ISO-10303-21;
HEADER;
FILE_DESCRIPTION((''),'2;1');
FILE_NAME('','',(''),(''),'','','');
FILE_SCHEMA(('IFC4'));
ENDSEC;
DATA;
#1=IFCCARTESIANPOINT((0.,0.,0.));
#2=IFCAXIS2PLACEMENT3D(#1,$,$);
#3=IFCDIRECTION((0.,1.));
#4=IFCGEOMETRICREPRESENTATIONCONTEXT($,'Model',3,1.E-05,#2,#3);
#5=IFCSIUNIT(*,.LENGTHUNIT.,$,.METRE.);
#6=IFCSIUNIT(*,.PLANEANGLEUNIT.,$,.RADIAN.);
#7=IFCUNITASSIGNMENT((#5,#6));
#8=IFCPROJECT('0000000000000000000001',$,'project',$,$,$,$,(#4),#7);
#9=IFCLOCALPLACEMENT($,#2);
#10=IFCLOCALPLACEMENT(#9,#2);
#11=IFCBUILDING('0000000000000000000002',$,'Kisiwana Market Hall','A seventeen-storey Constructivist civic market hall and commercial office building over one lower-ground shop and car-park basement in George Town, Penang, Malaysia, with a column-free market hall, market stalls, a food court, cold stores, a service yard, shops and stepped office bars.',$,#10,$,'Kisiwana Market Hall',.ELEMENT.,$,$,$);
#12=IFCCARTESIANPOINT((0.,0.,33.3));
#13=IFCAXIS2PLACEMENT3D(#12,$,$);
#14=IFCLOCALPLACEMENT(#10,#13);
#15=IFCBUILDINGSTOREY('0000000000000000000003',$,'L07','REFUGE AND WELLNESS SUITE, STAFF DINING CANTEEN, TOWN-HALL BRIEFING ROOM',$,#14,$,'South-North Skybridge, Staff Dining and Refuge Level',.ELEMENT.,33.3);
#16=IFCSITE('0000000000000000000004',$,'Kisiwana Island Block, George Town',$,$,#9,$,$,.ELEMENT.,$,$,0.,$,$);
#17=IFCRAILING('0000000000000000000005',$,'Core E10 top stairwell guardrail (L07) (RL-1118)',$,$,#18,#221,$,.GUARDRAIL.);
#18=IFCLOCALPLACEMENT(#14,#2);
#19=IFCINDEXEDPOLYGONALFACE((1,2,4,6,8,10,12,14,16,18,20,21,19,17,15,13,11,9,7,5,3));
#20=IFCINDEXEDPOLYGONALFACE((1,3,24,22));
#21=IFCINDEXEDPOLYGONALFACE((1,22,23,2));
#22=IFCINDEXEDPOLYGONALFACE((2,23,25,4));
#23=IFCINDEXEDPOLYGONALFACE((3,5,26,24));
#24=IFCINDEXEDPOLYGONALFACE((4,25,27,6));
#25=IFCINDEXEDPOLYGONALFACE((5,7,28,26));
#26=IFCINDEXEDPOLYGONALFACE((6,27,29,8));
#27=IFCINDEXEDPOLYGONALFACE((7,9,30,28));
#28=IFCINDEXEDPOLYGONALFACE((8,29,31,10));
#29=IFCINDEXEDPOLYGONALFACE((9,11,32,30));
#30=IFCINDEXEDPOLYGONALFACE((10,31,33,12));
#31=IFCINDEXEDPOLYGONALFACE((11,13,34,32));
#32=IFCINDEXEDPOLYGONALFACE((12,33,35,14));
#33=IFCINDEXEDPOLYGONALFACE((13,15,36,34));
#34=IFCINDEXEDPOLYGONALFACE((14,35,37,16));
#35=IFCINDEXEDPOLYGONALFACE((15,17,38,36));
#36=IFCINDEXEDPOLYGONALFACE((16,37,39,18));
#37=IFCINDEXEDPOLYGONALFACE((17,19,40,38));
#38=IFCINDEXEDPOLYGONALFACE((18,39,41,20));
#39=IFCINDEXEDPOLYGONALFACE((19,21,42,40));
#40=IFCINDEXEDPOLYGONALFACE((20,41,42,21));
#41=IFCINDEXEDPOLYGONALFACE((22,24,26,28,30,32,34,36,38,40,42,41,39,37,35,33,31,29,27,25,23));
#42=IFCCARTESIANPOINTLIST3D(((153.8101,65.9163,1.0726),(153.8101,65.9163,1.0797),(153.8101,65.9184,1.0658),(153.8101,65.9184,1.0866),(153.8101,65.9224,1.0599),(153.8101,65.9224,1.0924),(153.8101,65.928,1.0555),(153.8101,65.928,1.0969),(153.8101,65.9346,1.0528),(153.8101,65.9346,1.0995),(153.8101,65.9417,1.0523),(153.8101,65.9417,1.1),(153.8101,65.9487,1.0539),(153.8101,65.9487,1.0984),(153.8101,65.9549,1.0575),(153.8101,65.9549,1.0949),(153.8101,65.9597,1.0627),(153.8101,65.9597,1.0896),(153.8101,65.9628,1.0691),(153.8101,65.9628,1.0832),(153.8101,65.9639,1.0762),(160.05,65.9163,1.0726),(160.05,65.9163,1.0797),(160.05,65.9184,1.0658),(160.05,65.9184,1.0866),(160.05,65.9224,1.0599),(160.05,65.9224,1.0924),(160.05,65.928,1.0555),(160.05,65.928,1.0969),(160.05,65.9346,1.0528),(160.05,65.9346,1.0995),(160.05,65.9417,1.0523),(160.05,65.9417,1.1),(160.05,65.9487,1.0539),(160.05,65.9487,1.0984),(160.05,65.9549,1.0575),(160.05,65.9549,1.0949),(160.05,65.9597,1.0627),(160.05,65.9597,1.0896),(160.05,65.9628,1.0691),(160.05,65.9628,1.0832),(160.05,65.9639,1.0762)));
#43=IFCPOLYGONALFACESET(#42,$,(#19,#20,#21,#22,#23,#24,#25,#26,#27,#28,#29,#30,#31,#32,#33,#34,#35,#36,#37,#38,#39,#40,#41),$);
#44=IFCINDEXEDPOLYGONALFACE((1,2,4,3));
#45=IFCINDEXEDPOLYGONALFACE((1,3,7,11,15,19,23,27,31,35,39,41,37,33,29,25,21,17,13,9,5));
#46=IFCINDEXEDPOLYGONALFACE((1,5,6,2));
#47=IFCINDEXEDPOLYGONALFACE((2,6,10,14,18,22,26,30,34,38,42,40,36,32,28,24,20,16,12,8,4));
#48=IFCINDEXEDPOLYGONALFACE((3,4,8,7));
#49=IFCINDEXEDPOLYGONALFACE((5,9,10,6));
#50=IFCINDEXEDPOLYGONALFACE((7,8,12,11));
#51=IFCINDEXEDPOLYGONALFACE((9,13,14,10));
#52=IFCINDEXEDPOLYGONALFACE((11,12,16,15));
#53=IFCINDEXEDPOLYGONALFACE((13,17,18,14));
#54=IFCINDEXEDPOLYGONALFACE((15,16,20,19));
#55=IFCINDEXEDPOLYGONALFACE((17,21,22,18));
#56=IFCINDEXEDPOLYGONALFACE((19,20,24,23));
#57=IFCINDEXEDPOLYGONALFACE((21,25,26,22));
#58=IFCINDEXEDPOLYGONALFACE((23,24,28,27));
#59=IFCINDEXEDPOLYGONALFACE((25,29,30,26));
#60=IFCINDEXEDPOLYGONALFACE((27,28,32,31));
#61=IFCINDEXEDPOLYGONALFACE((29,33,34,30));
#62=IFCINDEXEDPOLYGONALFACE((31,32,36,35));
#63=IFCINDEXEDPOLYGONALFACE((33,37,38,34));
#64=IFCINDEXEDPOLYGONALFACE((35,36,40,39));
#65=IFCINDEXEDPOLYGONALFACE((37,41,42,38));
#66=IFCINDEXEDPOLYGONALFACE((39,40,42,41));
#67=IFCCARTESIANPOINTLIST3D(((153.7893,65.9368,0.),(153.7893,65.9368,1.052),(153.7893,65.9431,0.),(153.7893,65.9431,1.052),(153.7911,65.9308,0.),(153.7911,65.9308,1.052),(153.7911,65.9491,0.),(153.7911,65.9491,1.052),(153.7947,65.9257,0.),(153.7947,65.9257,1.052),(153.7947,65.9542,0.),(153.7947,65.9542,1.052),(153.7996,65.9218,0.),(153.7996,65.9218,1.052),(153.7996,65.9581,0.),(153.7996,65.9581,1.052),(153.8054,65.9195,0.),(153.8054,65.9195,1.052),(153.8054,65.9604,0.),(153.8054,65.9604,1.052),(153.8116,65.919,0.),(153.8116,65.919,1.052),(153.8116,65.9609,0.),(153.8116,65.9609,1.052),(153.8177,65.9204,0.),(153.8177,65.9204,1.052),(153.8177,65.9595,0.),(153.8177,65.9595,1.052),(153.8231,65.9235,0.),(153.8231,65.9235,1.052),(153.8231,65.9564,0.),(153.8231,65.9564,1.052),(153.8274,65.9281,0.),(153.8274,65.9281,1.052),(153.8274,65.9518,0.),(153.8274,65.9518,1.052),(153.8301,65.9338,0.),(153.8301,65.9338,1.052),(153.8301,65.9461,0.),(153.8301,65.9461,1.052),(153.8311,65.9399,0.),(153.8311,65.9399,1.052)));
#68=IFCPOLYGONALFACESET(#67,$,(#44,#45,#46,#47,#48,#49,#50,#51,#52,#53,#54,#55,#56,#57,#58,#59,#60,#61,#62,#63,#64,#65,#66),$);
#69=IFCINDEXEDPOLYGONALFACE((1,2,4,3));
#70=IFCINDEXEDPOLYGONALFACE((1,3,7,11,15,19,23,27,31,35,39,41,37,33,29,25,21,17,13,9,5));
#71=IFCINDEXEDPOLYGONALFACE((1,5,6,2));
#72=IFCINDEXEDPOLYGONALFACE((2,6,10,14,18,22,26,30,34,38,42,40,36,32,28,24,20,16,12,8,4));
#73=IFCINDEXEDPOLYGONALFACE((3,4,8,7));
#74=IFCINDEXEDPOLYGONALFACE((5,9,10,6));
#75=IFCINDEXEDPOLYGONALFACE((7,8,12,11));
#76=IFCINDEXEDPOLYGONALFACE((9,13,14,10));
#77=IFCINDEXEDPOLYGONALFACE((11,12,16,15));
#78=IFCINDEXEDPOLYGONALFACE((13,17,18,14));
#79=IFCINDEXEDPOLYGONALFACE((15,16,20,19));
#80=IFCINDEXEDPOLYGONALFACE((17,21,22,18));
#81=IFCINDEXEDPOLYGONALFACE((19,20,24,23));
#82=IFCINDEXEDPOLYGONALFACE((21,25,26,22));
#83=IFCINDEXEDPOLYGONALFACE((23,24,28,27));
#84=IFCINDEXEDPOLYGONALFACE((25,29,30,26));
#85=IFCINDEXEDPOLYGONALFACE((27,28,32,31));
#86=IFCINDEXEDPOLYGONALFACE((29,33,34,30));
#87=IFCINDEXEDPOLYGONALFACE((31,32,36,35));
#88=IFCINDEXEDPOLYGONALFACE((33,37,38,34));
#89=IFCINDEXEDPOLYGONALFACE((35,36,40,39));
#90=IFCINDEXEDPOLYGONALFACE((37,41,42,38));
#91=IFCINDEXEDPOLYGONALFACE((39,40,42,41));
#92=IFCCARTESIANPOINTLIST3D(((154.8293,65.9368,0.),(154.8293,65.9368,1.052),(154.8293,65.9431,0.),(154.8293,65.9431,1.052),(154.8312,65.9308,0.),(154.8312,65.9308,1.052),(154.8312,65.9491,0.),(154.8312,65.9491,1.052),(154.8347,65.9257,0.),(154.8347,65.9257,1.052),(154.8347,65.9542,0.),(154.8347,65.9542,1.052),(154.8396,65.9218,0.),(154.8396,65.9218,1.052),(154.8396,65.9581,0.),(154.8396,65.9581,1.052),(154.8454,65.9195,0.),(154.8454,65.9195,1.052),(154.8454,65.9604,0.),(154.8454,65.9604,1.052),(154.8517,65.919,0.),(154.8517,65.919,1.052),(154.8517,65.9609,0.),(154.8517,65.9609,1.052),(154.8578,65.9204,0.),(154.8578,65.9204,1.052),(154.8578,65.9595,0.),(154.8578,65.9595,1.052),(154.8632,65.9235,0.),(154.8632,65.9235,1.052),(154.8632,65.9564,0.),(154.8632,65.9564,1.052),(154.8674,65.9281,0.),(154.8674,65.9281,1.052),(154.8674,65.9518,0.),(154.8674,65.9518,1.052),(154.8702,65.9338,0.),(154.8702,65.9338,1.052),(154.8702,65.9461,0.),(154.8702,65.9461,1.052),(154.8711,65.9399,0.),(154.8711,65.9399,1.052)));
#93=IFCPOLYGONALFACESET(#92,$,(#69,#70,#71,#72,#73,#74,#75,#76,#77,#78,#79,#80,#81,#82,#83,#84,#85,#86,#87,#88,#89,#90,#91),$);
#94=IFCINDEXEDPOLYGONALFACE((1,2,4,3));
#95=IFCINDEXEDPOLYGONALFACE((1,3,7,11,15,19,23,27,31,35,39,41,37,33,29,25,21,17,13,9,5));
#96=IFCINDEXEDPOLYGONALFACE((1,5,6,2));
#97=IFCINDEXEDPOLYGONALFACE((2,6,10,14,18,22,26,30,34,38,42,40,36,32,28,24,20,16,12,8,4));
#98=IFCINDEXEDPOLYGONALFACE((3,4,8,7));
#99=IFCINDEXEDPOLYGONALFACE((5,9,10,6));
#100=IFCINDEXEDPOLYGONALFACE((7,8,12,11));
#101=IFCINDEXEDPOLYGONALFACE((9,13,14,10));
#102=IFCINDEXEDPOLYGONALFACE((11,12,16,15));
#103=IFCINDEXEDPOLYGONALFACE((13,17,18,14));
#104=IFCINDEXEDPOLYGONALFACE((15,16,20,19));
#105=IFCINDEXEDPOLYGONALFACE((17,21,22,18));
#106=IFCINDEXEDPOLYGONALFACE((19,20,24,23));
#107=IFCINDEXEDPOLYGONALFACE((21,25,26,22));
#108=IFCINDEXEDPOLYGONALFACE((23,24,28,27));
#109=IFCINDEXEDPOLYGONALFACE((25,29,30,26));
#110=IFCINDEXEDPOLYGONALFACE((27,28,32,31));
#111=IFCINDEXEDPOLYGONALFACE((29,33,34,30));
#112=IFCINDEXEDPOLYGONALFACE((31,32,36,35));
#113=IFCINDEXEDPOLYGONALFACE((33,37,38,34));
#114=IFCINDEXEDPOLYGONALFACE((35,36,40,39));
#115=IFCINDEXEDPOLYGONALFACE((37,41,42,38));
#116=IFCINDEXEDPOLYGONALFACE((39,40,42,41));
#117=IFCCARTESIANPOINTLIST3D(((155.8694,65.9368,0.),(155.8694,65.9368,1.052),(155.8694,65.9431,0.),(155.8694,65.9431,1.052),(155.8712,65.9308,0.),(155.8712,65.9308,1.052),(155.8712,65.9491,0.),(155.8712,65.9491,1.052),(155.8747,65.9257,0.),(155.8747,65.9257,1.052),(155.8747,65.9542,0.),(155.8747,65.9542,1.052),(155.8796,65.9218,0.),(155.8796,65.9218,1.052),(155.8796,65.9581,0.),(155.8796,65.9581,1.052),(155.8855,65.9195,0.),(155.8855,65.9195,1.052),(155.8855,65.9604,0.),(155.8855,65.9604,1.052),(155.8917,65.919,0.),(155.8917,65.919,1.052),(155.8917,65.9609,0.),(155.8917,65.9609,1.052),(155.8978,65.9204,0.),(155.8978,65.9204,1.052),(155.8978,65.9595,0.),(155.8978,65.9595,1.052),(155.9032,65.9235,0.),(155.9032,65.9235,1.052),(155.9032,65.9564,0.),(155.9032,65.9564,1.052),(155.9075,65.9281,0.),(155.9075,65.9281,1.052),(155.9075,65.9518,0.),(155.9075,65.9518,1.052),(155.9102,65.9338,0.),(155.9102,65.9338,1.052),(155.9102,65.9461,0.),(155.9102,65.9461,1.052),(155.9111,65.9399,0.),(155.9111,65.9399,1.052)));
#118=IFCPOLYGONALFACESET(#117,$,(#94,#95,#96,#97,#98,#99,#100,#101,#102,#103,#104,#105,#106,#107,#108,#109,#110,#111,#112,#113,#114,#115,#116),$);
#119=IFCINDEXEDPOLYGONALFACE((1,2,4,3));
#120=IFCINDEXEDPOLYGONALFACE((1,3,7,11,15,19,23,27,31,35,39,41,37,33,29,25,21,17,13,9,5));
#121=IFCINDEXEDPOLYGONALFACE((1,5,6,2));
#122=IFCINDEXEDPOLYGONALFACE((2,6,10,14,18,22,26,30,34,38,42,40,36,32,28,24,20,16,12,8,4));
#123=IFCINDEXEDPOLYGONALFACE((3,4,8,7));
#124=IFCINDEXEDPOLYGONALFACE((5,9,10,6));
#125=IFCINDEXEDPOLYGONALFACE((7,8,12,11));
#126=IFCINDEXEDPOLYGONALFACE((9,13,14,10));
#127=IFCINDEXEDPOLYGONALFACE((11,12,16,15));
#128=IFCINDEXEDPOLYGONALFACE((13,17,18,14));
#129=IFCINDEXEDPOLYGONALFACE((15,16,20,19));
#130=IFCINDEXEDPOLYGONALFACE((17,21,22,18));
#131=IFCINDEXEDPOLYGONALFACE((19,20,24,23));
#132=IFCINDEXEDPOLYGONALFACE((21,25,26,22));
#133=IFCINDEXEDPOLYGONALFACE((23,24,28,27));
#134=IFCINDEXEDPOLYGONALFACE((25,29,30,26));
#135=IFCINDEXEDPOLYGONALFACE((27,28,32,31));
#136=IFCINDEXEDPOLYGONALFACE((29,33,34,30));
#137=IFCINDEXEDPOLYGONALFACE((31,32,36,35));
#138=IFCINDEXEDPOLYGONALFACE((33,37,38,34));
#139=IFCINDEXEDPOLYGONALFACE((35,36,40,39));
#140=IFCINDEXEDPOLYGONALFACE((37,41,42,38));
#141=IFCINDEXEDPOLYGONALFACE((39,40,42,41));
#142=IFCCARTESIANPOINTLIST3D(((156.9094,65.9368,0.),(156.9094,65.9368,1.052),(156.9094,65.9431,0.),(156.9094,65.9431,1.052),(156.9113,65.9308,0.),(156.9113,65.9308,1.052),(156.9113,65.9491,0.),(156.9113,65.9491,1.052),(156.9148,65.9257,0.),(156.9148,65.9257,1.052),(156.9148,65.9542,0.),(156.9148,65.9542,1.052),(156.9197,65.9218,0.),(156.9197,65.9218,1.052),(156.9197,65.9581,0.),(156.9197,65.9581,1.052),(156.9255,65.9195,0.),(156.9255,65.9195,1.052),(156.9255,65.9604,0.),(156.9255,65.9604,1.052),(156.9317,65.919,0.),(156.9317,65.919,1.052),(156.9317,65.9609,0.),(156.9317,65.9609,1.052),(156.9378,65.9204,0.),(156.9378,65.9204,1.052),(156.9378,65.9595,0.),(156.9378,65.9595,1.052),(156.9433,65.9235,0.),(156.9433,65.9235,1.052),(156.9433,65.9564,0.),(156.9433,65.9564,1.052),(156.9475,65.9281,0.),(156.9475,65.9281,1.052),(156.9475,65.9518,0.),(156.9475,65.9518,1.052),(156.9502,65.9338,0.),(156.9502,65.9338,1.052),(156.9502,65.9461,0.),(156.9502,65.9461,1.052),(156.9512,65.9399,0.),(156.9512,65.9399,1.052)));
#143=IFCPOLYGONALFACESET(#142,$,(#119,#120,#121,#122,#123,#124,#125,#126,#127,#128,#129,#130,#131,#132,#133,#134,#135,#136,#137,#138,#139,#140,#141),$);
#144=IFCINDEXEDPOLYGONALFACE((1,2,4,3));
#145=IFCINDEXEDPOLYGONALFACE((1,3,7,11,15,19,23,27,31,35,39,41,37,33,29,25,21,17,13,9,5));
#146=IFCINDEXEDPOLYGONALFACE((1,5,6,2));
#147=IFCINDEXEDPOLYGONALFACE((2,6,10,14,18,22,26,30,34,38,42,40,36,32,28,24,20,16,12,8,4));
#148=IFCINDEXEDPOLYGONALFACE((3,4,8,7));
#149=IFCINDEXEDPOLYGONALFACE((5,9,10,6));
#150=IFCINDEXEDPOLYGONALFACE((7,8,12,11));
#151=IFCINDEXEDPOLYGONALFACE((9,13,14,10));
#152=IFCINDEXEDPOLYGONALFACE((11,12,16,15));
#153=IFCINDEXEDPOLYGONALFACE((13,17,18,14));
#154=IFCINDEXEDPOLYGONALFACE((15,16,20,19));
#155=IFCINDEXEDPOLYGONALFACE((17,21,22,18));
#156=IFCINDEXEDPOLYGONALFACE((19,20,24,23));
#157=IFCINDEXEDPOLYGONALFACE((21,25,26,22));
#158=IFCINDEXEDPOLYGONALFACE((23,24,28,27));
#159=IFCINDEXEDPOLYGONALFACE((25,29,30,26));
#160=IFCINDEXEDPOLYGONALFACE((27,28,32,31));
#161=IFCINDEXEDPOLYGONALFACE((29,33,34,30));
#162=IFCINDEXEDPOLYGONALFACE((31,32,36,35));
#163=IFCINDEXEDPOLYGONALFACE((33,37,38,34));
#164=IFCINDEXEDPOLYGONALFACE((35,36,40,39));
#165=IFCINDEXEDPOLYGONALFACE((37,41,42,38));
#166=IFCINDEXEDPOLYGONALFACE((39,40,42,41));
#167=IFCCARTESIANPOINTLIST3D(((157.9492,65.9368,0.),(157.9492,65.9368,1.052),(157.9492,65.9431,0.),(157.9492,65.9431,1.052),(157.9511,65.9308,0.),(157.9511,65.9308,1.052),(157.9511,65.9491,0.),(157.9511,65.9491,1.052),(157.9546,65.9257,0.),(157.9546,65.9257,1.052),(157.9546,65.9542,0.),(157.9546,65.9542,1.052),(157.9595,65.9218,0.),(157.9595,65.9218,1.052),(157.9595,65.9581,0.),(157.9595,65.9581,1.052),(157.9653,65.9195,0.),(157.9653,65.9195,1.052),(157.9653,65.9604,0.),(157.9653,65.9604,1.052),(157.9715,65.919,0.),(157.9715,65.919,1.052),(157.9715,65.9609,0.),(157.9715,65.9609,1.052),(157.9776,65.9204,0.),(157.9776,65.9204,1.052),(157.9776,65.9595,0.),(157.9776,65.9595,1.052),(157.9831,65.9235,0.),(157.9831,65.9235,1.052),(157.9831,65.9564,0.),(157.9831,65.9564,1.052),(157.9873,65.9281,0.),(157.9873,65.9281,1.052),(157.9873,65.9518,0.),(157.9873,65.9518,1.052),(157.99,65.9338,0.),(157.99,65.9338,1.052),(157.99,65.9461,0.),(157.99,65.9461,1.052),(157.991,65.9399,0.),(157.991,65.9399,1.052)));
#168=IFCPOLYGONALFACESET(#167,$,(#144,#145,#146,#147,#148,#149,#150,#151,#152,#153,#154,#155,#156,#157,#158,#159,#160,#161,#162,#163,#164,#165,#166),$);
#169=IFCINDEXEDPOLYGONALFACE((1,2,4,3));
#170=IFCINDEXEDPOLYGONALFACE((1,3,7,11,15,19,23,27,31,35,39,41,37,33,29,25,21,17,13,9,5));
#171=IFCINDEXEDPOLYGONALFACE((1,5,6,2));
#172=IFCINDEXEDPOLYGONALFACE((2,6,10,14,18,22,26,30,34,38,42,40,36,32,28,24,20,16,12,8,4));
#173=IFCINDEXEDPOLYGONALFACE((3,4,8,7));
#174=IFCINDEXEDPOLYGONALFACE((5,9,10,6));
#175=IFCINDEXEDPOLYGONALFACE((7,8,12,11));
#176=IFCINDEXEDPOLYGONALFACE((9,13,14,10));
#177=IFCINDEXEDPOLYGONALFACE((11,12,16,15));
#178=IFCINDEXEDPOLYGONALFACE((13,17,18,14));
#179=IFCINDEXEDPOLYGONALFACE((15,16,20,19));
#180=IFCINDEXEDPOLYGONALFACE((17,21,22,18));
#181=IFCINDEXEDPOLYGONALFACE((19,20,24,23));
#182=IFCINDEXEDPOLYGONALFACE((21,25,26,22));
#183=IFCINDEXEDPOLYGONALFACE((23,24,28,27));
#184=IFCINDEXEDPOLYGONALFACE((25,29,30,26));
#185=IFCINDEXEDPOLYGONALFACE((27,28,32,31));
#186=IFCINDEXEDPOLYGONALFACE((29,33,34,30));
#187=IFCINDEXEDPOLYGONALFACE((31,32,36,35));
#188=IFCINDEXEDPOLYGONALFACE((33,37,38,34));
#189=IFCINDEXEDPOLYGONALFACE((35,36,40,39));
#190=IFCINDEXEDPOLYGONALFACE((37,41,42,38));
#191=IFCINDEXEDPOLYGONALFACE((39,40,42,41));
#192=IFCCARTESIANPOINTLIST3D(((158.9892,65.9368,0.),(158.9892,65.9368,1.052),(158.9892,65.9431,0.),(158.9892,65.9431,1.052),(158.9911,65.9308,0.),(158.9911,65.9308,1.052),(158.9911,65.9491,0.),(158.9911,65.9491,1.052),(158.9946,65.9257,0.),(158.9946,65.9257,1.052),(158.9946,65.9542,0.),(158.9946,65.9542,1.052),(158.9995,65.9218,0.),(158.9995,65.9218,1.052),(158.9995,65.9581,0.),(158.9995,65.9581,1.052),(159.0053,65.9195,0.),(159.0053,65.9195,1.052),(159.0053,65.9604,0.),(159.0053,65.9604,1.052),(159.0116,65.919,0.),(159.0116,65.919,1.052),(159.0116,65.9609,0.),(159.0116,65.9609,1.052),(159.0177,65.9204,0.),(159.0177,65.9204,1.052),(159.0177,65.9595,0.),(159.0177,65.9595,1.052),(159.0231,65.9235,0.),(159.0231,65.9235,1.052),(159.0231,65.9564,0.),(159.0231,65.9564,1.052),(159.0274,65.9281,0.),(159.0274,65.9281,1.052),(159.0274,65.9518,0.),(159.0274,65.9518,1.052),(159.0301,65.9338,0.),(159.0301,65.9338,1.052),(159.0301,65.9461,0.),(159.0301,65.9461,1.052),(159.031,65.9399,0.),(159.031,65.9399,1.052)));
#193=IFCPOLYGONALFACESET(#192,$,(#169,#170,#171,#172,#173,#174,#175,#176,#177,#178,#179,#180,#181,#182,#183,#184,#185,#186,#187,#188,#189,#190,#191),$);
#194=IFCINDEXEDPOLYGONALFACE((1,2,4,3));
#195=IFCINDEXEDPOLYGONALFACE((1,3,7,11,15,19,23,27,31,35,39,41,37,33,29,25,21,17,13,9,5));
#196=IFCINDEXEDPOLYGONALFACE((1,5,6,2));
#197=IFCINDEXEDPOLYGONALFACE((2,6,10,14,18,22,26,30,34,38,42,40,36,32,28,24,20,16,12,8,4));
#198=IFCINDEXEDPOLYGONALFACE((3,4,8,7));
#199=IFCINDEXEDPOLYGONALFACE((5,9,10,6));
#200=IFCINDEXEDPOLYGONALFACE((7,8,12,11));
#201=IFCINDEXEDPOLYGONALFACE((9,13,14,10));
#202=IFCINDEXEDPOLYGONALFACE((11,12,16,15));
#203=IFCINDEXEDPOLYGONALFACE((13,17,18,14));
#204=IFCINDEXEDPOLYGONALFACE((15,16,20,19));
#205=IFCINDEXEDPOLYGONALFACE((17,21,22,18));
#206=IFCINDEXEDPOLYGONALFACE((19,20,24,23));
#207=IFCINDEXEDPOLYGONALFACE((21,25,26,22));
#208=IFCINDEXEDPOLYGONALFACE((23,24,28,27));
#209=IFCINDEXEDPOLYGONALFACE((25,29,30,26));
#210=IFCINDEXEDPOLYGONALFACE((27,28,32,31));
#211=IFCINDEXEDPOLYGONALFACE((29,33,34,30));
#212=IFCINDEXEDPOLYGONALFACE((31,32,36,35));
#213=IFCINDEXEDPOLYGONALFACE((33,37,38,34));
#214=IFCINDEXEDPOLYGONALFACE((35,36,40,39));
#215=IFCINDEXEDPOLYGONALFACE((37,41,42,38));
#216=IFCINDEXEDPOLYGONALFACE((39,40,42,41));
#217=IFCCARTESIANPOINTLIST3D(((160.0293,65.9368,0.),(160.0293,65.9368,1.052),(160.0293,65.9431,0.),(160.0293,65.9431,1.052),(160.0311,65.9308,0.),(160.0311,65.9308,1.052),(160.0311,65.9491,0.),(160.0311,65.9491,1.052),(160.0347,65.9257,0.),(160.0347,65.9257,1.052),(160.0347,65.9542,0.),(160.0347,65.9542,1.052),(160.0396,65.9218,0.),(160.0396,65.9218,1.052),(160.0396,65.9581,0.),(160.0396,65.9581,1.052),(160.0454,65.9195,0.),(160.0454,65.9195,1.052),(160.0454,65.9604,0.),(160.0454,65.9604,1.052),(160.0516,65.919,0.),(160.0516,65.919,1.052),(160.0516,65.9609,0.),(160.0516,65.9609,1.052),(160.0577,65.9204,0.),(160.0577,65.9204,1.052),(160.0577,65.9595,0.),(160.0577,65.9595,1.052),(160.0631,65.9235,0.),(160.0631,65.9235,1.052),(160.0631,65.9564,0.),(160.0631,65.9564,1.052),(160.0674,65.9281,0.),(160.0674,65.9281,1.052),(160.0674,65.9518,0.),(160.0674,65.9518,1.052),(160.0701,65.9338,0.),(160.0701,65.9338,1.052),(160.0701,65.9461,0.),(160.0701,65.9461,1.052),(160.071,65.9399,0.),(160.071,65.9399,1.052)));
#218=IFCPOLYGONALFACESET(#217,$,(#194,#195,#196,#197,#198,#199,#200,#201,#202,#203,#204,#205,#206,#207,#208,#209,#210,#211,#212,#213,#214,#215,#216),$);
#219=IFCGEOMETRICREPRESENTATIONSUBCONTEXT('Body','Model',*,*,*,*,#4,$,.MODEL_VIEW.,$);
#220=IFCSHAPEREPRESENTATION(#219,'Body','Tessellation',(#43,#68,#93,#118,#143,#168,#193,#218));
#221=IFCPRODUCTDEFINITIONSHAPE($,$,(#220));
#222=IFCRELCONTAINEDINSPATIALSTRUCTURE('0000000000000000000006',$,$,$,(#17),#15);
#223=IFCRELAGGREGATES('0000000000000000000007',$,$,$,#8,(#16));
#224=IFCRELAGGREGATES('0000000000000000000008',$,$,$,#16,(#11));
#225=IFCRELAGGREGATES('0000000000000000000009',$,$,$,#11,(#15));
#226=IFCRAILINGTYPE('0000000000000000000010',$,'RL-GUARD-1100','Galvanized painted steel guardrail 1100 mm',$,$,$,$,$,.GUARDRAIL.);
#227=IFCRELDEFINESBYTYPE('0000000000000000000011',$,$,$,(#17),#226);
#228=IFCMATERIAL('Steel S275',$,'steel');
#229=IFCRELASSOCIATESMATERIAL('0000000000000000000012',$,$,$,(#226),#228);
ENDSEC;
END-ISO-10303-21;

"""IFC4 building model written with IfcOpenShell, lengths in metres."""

from ifc_helpers import new_model, si_unit, direction, frame, origin, origin_2d, place, context, subcontext, project, spatial, circle, extrude, material, type_object, element, save


model = new_model("IFC4")

# Units and contexts
model_context = context("Model", 3, precision=1e-05, world=origin(), true_north=direction((0.0, 1.0)))
body_context = subcontext(model_context, "Body", "Model", "MODEL_VIEW")
ifc_project = project(units=[si_unit("LENGTHUNIT", "METRE"), si_unit("PLANEANGLEUNIT", "RADIAN")], contexts=[model_context])

# Site, building, storey
site_placement = place(None, origin())
site = spatial("IfcSite", under=ifc_project, at=site_placement, Name="Kisiwana Island Block, George Town", CompositionType="ELEMENT", RefElevation=0.0)
building_placement = place(site_placement, origin())
building = spatial("IfcBuilding", under=site, at=building_placement, Name="Kisiwana Market Hall", Description="A seventeen-storey Constructivist civic market hall and commercial office building over one lower-ground shop and car-park basement in George Town, Penang, Malaysia, with a column-free market hall, market stalls, a food court, cold stores, a service yard, shops and stepped office bars.", LongName="Kisiwana Market Hall", CompositionType="ELEMENT")
storey_placement = place(building_placement, frame((0.0, 0.0, 33.3)))
storey = spatial("IfcBuildingStorey", under=building, at=storey_placement, Name="L07", Description="REFUGE AND WELLNESS SUITE, STAFF DINING CANTEEN, TOWN-HALL BRIEFING ROOM", LongName="South-North Skybridge, Staff Dining and Refuge Level", CompositionType="ELEMENT", Elevation=33.3)

# Railing
ifc_material_1 = material(Name="Steel S275", Category="steel")
railing_type = type_object("IfcRailingType", Name="RL-GUARD-1100", Description="Galvanized painted steel guardrail 1100 mm", PredefinedType="GUARDRAIL", material=ifc_material_1)
railing_placement = place(storey_placement, frame((153.8101, 65.9399, 0.0)))
element("IfcRailing", 1, at=railing_placement, inside=storey, type_object=railing_type, Name="Core E10 top stairwell guardrail (L07) (RL-1118)", PredefinedType="GUARDRAIL", context=body_context, shape_type="SweptSolid", body=[
    extrude(circle(Radius=0.0239, at=origin_2d()), frame((0.0, 0.0, 1.0762), z_axis=(1.0, 0.0, 0.0), x_axis=(0.0, 1.0, 0.0)), (0.0, 0.0, 1.0), 6.24),
    extrude(circle(Radius=0.021, at=origin_2d()), origin(), (0.0, 0.0, 1.0), 1.052),
    extrude(circle(Radius=0.021, at=origin_2d()), frame((1.04, 0.0, 0.0)), (0.0, 0.0, 1.0), 1.052),
    extrude(circle(Radius=0.021, at=origin_2d()), frame((2.0801, 0.0, 0.0)), (0.0, 0.0, 1.0), 1.052),
    extrude(circle(Radius=0.021, at=origin_2d()), frame((3.1201, 0.0, 0.0)), (0.0, 0.0, 1.0), 1.052),
    extrude(circle(Radius=0.021, at=origin_2d()), frame((4.1599, 0.0, 0.0)), (0.0, 0.0, 1.0), 1.052),
    extrude(circle(Radius=0.021, at=origin_2d()), frame((5.2, 0.0, 0.0)), (0.0, 0.0, 1.0), 1.052),
    extrude(circle(Radius=0.021, at=origin_2d()), frame((6.24, 0.0, 0.0)), (0.0, 0.0, 1.0), 1.052),
])

save(model, "model.ifc")
